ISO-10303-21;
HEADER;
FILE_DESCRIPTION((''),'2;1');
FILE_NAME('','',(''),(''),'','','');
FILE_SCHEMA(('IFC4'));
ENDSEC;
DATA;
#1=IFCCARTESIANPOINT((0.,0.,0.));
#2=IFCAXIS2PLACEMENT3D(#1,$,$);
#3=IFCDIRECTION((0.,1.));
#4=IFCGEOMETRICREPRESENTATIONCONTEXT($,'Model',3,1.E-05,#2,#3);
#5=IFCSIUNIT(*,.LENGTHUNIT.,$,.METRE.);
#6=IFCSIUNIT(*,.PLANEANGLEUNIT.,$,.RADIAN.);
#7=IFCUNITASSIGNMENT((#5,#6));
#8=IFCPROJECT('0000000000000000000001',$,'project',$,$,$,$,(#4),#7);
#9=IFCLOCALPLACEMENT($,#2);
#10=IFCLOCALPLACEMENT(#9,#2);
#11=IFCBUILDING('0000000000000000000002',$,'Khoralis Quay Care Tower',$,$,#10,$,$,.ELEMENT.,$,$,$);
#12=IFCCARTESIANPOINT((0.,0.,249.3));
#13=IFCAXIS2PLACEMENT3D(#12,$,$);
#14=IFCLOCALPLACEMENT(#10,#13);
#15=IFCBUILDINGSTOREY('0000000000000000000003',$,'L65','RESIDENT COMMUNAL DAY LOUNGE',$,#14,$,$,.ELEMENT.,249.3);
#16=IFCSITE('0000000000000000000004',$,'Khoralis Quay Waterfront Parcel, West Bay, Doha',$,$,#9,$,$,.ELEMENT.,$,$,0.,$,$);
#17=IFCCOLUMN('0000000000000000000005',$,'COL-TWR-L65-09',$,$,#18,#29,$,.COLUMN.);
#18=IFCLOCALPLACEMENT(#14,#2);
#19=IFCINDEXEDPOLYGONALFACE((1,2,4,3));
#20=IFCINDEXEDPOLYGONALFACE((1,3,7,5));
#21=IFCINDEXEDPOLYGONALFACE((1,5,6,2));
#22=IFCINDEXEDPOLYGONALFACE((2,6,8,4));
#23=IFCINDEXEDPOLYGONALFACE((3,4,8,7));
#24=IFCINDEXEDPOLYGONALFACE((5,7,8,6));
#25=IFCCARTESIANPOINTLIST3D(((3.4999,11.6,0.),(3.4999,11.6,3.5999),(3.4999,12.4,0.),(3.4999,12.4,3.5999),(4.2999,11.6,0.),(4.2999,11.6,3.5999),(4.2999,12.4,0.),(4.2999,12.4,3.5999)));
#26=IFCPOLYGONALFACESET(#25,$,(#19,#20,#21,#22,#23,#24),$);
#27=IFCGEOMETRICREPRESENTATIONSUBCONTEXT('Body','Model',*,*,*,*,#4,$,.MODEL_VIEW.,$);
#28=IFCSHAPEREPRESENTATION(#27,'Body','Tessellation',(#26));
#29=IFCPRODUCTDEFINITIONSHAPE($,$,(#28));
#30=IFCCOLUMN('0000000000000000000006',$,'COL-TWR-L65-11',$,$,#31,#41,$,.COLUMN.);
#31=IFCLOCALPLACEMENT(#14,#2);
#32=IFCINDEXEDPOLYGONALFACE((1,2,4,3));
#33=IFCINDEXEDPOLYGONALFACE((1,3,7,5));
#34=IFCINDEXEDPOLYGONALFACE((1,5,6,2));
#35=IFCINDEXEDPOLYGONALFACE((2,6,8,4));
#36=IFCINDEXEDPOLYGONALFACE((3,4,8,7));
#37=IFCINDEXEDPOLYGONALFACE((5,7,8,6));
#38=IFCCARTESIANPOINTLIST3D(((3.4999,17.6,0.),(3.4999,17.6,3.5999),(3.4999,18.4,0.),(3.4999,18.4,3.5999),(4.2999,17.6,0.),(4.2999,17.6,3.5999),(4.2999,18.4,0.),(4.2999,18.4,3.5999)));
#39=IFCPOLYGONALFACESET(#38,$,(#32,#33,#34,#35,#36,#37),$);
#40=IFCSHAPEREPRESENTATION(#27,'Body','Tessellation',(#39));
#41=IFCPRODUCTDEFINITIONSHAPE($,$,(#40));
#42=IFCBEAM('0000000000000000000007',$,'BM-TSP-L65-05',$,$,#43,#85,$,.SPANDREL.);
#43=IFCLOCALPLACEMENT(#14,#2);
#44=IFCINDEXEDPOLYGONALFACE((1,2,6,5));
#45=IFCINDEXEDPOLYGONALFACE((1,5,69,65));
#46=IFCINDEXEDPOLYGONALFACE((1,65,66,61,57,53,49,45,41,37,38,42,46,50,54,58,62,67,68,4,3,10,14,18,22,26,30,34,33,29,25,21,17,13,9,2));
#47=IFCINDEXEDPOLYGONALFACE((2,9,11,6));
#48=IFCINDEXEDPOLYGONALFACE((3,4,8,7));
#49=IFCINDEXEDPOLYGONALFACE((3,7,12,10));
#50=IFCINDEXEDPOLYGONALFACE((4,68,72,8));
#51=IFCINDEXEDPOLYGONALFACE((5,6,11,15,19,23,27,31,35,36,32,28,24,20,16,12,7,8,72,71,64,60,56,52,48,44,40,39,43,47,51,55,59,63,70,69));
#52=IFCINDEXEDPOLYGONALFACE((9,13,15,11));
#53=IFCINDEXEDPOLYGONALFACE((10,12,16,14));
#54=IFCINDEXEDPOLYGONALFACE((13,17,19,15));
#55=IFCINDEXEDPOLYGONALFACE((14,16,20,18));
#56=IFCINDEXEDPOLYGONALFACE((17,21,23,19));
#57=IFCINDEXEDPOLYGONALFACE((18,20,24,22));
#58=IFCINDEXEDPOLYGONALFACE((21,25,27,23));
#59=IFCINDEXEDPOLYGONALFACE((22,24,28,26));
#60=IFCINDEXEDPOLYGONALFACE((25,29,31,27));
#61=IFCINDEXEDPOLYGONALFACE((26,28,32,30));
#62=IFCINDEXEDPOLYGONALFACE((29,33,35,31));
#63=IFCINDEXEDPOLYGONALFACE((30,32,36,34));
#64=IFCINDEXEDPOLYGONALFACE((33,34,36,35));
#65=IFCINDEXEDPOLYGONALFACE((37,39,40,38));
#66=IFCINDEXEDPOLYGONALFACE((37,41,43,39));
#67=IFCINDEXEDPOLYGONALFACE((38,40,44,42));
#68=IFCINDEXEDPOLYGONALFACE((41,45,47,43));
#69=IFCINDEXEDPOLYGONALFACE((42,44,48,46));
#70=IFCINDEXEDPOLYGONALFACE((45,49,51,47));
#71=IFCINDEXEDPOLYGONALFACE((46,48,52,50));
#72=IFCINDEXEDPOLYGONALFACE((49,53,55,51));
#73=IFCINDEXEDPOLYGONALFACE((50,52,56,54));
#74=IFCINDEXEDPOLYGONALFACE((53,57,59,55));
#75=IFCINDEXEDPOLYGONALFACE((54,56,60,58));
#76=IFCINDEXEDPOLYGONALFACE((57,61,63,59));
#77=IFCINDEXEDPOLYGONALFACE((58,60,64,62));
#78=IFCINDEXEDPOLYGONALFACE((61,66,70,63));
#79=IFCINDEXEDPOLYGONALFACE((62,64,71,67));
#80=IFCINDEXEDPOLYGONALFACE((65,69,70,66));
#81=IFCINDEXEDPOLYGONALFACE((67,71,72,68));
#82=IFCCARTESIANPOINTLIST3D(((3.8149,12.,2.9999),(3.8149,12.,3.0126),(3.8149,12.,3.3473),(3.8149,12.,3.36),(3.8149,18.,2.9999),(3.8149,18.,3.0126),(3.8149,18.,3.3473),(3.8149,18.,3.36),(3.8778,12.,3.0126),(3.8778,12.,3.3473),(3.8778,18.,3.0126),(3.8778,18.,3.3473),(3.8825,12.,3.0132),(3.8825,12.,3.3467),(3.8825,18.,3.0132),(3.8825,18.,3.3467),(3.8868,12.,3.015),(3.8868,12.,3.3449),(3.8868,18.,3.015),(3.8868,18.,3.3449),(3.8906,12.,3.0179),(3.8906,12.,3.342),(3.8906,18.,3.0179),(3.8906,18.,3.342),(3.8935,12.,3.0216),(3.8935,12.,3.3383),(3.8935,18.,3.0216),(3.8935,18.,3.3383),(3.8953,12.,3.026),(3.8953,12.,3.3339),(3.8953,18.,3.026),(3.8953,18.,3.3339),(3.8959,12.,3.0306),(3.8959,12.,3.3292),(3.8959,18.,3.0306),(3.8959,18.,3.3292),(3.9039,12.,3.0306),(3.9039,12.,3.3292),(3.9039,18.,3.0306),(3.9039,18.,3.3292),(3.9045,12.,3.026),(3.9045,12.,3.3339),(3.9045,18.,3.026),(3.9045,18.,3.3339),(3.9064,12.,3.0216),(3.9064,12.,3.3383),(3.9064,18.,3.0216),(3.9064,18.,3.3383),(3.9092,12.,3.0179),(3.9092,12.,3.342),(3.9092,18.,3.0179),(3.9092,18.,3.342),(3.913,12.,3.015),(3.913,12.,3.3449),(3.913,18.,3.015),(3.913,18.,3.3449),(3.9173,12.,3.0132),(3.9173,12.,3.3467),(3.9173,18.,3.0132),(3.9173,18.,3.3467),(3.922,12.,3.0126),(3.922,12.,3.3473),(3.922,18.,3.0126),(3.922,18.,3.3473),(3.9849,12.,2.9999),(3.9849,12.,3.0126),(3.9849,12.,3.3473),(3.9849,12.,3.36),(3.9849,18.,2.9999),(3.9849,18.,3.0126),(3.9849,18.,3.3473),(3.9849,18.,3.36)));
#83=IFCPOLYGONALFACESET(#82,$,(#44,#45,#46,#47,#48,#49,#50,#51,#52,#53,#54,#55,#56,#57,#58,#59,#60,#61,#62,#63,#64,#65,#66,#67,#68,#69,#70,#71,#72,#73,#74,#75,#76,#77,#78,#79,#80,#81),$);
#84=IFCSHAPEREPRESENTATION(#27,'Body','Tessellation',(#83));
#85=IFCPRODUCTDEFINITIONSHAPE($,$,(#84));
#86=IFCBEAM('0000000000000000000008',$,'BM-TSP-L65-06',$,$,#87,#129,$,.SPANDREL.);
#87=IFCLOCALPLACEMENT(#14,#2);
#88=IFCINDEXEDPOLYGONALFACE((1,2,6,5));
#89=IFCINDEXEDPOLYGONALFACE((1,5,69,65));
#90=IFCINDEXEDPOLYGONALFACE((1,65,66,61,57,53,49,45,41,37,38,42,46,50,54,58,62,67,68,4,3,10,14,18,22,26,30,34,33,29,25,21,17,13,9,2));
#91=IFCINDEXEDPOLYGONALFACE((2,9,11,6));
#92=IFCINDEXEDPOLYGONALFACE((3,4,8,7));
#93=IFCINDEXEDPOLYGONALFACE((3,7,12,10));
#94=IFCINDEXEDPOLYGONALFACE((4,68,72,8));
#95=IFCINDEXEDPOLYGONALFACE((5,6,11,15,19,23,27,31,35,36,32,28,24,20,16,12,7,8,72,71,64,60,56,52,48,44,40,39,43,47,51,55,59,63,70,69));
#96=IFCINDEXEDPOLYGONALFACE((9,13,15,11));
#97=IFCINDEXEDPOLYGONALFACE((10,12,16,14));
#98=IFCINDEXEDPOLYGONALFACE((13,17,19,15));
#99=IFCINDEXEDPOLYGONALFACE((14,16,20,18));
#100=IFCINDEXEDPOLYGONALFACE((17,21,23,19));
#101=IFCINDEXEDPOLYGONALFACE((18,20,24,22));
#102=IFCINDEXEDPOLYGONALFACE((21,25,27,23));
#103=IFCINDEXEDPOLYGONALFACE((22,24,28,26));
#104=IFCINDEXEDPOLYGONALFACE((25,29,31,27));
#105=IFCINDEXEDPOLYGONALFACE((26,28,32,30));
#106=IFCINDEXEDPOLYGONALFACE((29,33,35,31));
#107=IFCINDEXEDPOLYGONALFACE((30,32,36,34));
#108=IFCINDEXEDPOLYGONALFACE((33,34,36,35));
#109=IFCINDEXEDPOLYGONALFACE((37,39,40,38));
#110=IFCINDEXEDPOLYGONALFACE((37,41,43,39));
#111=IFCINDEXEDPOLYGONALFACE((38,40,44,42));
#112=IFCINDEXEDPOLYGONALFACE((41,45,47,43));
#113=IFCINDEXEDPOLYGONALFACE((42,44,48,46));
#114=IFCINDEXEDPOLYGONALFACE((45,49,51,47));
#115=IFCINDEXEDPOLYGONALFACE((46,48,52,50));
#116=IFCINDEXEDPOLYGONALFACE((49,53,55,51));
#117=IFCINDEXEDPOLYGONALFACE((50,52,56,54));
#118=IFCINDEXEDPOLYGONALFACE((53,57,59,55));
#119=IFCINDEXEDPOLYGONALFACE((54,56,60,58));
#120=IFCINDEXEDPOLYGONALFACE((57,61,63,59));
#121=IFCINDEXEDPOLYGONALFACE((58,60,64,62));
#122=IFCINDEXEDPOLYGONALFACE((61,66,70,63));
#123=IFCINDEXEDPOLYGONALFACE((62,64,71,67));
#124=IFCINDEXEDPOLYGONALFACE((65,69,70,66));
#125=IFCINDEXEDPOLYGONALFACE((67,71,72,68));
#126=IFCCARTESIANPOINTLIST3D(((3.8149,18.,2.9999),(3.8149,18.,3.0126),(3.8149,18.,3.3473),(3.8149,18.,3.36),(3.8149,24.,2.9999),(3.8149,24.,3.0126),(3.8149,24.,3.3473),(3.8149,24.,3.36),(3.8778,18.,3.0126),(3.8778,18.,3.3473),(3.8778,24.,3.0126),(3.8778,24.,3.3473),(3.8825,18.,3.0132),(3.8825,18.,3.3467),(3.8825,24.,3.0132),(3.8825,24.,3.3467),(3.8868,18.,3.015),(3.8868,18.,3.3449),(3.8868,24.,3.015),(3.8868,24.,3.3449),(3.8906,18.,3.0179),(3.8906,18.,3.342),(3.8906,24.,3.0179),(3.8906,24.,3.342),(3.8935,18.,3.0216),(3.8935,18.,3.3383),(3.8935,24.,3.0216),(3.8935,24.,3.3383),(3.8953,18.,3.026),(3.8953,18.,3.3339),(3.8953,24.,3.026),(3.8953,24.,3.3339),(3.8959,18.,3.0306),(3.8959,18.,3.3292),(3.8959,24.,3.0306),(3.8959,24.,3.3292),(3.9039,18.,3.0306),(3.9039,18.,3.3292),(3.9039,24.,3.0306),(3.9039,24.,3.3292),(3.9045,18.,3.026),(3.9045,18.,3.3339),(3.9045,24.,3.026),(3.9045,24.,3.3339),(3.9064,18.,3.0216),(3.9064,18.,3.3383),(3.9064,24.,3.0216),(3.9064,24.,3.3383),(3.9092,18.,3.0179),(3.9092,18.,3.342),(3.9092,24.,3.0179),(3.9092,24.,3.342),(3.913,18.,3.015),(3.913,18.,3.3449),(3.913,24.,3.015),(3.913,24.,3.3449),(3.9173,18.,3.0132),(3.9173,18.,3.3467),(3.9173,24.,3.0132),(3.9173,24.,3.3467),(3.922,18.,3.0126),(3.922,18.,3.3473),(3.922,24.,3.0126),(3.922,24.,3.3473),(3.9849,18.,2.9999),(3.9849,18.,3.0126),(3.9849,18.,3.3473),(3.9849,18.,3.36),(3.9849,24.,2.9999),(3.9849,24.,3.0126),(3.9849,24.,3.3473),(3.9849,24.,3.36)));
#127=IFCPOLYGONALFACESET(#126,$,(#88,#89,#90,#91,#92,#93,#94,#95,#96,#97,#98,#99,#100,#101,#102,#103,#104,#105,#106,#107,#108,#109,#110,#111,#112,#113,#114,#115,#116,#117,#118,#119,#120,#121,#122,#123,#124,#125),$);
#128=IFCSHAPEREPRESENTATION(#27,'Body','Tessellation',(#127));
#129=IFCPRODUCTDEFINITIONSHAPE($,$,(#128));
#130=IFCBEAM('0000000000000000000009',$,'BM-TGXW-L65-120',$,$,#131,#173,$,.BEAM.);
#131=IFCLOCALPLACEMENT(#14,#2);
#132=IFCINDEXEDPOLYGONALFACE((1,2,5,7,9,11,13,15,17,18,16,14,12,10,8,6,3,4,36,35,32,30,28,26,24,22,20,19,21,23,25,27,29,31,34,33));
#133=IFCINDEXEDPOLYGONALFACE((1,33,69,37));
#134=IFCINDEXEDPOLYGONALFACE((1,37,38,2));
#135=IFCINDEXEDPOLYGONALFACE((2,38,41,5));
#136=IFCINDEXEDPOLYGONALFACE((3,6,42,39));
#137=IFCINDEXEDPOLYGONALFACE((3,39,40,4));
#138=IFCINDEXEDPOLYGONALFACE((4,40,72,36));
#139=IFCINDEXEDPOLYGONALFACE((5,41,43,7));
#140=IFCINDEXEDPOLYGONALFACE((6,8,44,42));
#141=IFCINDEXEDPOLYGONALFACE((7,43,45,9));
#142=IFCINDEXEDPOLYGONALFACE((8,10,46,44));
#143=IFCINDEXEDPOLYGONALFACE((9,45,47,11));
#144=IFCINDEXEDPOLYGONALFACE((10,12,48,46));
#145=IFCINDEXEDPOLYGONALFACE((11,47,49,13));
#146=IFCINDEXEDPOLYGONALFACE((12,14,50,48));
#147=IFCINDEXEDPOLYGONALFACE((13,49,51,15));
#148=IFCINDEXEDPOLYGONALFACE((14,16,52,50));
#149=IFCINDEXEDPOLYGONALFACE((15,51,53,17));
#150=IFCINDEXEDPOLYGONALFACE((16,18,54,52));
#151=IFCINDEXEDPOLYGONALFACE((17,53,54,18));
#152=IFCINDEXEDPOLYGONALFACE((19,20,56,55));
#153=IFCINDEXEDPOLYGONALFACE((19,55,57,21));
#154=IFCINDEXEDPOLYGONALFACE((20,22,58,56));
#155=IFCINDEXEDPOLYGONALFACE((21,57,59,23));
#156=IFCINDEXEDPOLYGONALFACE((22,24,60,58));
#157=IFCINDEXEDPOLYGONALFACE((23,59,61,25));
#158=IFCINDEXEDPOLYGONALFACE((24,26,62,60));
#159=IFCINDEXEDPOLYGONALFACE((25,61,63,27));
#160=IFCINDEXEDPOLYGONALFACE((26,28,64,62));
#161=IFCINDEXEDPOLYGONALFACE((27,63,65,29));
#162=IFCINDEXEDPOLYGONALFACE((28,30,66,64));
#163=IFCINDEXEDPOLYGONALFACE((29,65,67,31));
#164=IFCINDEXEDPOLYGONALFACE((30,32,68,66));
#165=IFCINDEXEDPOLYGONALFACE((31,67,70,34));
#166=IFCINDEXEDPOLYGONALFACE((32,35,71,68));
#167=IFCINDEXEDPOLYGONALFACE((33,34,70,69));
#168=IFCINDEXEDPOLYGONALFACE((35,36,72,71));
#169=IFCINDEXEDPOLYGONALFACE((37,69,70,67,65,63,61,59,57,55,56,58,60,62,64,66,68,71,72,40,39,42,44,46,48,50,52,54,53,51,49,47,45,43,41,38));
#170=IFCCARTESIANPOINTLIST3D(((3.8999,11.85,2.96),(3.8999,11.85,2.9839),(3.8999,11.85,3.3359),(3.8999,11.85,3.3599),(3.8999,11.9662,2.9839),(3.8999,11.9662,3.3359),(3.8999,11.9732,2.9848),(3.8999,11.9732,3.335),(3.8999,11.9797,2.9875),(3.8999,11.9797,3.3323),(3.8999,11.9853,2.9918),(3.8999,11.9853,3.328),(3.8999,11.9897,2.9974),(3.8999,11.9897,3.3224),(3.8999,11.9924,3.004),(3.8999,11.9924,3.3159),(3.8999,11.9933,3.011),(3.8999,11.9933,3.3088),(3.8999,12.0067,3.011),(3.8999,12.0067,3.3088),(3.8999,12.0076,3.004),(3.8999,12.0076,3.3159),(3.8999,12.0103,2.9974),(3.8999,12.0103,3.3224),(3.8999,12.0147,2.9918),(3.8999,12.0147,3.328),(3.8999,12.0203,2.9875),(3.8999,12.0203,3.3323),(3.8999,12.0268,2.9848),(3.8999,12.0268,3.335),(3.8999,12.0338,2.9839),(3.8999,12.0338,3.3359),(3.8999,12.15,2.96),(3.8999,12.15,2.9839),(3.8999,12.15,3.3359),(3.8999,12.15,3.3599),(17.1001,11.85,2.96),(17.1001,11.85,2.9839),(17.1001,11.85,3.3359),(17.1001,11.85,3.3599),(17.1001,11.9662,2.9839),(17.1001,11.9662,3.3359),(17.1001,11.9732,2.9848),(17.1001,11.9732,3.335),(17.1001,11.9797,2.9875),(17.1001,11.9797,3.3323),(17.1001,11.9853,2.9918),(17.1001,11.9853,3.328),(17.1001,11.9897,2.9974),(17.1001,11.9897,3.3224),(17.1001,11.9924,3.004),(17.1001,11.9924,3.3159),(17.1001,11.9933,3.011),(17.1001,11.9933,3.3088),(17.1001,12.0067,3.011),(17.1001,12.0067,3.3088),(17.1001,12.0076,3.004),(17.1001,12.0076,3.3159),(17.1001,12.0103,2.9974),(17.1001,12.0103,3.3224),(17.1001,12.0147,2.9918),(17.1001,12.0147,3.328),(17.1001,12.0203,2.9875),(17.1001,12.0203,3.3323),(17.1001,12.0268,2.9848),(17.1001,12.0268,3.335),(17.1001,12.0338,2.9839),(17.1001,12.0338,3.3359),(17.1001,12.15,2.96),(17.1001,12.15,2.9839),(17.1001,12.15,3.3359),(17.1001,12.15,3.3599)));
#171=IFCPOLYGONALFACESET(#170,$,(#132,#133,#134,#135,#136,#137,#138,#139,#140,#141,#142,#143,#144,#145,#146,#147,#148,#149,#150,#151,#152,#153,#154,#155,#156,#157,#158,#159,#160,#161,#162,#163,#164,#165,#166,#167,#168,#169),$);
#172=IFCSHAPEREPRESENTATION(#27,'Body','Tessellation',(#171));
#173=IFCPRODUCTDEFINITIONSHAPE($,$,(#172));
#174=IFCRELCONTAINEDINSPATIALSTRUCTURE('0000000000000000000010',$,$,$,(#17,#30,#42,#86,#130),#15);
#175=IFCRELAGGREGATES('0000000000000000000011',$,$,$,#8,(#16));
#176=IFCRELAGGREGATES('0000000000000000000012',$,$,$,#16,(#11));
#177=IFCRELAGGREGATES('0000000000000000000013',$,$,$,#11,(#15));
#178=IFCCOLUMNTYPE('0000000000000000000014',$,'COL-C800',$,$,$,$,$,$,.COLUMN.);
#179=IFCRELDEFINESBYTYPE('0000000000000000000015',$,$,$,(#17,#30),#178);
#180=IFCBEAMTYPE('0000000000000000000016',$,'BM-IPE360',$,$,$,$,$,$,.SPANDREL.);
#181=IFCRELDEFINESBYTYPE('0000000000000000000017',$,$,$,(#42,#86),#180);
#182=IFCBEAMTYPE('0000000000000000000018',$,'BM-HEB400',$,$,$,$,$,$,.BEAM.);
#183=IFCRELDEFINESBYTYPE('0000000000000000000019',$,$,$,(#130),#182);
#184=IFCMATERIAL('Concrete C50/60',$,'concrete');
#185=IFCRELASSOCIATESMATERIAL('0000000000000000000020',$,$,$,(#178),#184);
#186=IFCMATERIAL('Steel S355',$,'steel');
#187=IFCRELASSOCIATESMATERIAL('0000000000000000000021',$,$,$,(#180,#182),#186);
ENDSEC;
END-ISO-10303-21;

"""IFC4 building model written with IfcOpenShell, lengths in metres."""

from ifc_helpers import new_model, si_unit, direction, frame, origin, origin_2d, place, context, subcontext, project, spatial, rectangle, i_section, extrude, source, transform, mapped, material, material_profile, profile_set, type_object, element, save


model = new_model("IFC4")

# Units and contexts
model_context = context("Model", 3, precision=1e-05, world=origin(), true_north=direction((0.0, 1.0)))
body_context = subcontext(model_context, "Body", "Model", "MODEL_VIEW")
ifc_project = project(units=[si_unit("LENGTHUNIT", "METRE"), si_unit("PLANEANGLEUNIT", "RADIAN")], contexts=[model_context])

# Site, building, storey
site_placement = place(None, origin())
site = spatial("IfcSite", under=ifc_project, at=site_placement, Name="Khoralis Quay Waterfront Parcel, West Bay, Doha", CompositionType="ELEMENT", RefElevation=0.0)
building_placement = place(site_placement, origin())
building = spatial("IfcBuilding", under=site, at=building_placement, Name="Khoralis Quay Care Tower", CompositionType="ELEMENT")
storey_placement = place(building_placement, frame((0.0, 0.0, 249.3)))
storey = spatial("IfcBuildingStorey", under=building, at=storey_placement, Name="L65", Description="RESIDENT COMMUNAL DAY LOUNGE", CompositionType="ELEMENT", Elevation=249.3)

# Columns
ifc_material_1 = material(Name="Concrete C50/60", Category="concrete")
ifc_material_profile_1 = material_profile(ifc_material_1, rectangle(XDim=0.8, YDim=0.8, at=origin_2d()), Name="Concrete C50/60")
ifc_profile_set_1 = profile_set([ifc_material_profile_1], Name="Concrete C50/60")
column_type = type_object("IfcColumnType", Name="COL-C800", PredefinedType="COLUMN", material=ifc_profile_set_1)
shared_shape_1 = source(origin(), body_context, "Body", "SweptSolid", [
    extrude(rectangle(XDim=0.8, YDim=0.8, at=origin_2d()), origin(), (0.0, 0.0, 1.0), 3.5999),
])
for number, where, z_axis, x_axis, name in (
    (1, (3.8999, 12.0, 0.0), (0.0, 0.0, 1.0), (1.0, 0.0, 0.0), "COL-TWR-L65-09"),
    (2, (3.8999, 18.0, 0.0), (0.0, 0.0, 1.0), (1.0, 0.0, 0.0), "COL-TWR-L65-11"),
):
    element("IfcColumn", number, at=place(storey_placement, frame(where, z_axis=z_axis, x_axis=x_axis)), inside=storey, type_object=column_type, Name=name, PredefinedType="COLUMN", context=body_context, shape_type="MappedRepresentation", body=[
        mapped(shared_shape_1, transform((0.0, 0.0, 0.0), scale=1.0)),
    ])

# Beams
ifc_material_2 = material(Name="Steel S355", Category="steel")
ifc_material_profile_2 = material_profile(ifc_material_2, i_section(OverallWidth=0.1699, OverallDepth=0.3601, WebThickness=0.0081, FlangeThickness=0.0127, FilletRadius=0.0181, at=origin_2d()), Name="Steel S355")
ifc_profile_set_2 = profile_set([ifc_material_profile_2], Name="Steel S355")
beam_type_1 = type_object("IfcBeamType", Name="BM-IPE360", PredefinedType="SPANDREL", material=ifc_profile_set_2)
shared_shape_2 = source(origin(), body_context, "Body", "SweptSolid", [
    extrude(i_section(OverallWidth=0.1699, OverallDepth=0.3601, WebThickness=0.0081, FlangeThickness=0.0127, FilletRadius=0.0181, at=origin_2d()), origin(), (0.0, 0.0, 1.0), 6.0),
])
for number, where, z_axis, x_axis, name in (
    (3, (3.8999, 12.0, 3.1799), (0.0, 1.0, 0.0), (-1.0, 0.0, 0.0), "BM-TSP-L65-05"),
    (4, (3.8999, 18.0, 3.1799), (0.0, 1.0, 0.0), (-1.0, 0.0, 0.0), "BM-TSP-L65-06"),
):
    element("IfcBeam", number, at=place(storey_placement, frame(where, z_axis=z_axis, x_axis=x_axis)), inside=storey, type_object=beam_type_1, Name=name, PredefinedType="SPANDREL", context=body_context, shape_type="MappedRepresentation", body=[
        mapped(shared_shape_2, transform((0.0, 0.0, 0.0), scale=1.0)),
    ])
ifc_material_profile_3 = material_profile(ifc_material_2, i_section(OverallWidth=0.3, OverallDepth=0.3999, WebThickness=0.0134, FlangeThickness=0.0239, FilletRadius=0.0271, at=origin_2d()), Name="Steel S355")
ifc_profile_set_3 = profile_set([ifc_material_profile_3], Name="Steel S355")
beam_type_2 = type_object("IfcBeamType", Name="BM-HEB400", PredefinedType="BEAM", material=ifc_profile_set_3)
shared_shape_3 = source(origin(), body_context, "Body", "SweptSolid", [
    extrude(i_section(OverallWidth=0.3, OverallDepth=0.3999, WebThickness=0.0134, FlangeThickness=0.0239, FilletRadius=0.0271, at=origin_2d()), origin(), (0.0, 0.0, 1.0), 13.2002),
])
beam_1_placement = place(storey_placement, frame((3.8999, 12.0, 3.1599), z_axis=(1.0, 0.0, 0.0), x_axis=(0.0, 1.0, 0.0)))
element("IfcBeam", 5, at=beam_1_placement, inside=storey, type_object=beam_type_2, Name="BM-TGXW-L65-120", PredefinedType="BEAM", context=body_context, shape_type="MappedRepresentation", body=[
    mapped(shared_shape_3, transform((0.0, 0.0, 0.0), scale=1.0)),
])

save(model, "model.ifc")
